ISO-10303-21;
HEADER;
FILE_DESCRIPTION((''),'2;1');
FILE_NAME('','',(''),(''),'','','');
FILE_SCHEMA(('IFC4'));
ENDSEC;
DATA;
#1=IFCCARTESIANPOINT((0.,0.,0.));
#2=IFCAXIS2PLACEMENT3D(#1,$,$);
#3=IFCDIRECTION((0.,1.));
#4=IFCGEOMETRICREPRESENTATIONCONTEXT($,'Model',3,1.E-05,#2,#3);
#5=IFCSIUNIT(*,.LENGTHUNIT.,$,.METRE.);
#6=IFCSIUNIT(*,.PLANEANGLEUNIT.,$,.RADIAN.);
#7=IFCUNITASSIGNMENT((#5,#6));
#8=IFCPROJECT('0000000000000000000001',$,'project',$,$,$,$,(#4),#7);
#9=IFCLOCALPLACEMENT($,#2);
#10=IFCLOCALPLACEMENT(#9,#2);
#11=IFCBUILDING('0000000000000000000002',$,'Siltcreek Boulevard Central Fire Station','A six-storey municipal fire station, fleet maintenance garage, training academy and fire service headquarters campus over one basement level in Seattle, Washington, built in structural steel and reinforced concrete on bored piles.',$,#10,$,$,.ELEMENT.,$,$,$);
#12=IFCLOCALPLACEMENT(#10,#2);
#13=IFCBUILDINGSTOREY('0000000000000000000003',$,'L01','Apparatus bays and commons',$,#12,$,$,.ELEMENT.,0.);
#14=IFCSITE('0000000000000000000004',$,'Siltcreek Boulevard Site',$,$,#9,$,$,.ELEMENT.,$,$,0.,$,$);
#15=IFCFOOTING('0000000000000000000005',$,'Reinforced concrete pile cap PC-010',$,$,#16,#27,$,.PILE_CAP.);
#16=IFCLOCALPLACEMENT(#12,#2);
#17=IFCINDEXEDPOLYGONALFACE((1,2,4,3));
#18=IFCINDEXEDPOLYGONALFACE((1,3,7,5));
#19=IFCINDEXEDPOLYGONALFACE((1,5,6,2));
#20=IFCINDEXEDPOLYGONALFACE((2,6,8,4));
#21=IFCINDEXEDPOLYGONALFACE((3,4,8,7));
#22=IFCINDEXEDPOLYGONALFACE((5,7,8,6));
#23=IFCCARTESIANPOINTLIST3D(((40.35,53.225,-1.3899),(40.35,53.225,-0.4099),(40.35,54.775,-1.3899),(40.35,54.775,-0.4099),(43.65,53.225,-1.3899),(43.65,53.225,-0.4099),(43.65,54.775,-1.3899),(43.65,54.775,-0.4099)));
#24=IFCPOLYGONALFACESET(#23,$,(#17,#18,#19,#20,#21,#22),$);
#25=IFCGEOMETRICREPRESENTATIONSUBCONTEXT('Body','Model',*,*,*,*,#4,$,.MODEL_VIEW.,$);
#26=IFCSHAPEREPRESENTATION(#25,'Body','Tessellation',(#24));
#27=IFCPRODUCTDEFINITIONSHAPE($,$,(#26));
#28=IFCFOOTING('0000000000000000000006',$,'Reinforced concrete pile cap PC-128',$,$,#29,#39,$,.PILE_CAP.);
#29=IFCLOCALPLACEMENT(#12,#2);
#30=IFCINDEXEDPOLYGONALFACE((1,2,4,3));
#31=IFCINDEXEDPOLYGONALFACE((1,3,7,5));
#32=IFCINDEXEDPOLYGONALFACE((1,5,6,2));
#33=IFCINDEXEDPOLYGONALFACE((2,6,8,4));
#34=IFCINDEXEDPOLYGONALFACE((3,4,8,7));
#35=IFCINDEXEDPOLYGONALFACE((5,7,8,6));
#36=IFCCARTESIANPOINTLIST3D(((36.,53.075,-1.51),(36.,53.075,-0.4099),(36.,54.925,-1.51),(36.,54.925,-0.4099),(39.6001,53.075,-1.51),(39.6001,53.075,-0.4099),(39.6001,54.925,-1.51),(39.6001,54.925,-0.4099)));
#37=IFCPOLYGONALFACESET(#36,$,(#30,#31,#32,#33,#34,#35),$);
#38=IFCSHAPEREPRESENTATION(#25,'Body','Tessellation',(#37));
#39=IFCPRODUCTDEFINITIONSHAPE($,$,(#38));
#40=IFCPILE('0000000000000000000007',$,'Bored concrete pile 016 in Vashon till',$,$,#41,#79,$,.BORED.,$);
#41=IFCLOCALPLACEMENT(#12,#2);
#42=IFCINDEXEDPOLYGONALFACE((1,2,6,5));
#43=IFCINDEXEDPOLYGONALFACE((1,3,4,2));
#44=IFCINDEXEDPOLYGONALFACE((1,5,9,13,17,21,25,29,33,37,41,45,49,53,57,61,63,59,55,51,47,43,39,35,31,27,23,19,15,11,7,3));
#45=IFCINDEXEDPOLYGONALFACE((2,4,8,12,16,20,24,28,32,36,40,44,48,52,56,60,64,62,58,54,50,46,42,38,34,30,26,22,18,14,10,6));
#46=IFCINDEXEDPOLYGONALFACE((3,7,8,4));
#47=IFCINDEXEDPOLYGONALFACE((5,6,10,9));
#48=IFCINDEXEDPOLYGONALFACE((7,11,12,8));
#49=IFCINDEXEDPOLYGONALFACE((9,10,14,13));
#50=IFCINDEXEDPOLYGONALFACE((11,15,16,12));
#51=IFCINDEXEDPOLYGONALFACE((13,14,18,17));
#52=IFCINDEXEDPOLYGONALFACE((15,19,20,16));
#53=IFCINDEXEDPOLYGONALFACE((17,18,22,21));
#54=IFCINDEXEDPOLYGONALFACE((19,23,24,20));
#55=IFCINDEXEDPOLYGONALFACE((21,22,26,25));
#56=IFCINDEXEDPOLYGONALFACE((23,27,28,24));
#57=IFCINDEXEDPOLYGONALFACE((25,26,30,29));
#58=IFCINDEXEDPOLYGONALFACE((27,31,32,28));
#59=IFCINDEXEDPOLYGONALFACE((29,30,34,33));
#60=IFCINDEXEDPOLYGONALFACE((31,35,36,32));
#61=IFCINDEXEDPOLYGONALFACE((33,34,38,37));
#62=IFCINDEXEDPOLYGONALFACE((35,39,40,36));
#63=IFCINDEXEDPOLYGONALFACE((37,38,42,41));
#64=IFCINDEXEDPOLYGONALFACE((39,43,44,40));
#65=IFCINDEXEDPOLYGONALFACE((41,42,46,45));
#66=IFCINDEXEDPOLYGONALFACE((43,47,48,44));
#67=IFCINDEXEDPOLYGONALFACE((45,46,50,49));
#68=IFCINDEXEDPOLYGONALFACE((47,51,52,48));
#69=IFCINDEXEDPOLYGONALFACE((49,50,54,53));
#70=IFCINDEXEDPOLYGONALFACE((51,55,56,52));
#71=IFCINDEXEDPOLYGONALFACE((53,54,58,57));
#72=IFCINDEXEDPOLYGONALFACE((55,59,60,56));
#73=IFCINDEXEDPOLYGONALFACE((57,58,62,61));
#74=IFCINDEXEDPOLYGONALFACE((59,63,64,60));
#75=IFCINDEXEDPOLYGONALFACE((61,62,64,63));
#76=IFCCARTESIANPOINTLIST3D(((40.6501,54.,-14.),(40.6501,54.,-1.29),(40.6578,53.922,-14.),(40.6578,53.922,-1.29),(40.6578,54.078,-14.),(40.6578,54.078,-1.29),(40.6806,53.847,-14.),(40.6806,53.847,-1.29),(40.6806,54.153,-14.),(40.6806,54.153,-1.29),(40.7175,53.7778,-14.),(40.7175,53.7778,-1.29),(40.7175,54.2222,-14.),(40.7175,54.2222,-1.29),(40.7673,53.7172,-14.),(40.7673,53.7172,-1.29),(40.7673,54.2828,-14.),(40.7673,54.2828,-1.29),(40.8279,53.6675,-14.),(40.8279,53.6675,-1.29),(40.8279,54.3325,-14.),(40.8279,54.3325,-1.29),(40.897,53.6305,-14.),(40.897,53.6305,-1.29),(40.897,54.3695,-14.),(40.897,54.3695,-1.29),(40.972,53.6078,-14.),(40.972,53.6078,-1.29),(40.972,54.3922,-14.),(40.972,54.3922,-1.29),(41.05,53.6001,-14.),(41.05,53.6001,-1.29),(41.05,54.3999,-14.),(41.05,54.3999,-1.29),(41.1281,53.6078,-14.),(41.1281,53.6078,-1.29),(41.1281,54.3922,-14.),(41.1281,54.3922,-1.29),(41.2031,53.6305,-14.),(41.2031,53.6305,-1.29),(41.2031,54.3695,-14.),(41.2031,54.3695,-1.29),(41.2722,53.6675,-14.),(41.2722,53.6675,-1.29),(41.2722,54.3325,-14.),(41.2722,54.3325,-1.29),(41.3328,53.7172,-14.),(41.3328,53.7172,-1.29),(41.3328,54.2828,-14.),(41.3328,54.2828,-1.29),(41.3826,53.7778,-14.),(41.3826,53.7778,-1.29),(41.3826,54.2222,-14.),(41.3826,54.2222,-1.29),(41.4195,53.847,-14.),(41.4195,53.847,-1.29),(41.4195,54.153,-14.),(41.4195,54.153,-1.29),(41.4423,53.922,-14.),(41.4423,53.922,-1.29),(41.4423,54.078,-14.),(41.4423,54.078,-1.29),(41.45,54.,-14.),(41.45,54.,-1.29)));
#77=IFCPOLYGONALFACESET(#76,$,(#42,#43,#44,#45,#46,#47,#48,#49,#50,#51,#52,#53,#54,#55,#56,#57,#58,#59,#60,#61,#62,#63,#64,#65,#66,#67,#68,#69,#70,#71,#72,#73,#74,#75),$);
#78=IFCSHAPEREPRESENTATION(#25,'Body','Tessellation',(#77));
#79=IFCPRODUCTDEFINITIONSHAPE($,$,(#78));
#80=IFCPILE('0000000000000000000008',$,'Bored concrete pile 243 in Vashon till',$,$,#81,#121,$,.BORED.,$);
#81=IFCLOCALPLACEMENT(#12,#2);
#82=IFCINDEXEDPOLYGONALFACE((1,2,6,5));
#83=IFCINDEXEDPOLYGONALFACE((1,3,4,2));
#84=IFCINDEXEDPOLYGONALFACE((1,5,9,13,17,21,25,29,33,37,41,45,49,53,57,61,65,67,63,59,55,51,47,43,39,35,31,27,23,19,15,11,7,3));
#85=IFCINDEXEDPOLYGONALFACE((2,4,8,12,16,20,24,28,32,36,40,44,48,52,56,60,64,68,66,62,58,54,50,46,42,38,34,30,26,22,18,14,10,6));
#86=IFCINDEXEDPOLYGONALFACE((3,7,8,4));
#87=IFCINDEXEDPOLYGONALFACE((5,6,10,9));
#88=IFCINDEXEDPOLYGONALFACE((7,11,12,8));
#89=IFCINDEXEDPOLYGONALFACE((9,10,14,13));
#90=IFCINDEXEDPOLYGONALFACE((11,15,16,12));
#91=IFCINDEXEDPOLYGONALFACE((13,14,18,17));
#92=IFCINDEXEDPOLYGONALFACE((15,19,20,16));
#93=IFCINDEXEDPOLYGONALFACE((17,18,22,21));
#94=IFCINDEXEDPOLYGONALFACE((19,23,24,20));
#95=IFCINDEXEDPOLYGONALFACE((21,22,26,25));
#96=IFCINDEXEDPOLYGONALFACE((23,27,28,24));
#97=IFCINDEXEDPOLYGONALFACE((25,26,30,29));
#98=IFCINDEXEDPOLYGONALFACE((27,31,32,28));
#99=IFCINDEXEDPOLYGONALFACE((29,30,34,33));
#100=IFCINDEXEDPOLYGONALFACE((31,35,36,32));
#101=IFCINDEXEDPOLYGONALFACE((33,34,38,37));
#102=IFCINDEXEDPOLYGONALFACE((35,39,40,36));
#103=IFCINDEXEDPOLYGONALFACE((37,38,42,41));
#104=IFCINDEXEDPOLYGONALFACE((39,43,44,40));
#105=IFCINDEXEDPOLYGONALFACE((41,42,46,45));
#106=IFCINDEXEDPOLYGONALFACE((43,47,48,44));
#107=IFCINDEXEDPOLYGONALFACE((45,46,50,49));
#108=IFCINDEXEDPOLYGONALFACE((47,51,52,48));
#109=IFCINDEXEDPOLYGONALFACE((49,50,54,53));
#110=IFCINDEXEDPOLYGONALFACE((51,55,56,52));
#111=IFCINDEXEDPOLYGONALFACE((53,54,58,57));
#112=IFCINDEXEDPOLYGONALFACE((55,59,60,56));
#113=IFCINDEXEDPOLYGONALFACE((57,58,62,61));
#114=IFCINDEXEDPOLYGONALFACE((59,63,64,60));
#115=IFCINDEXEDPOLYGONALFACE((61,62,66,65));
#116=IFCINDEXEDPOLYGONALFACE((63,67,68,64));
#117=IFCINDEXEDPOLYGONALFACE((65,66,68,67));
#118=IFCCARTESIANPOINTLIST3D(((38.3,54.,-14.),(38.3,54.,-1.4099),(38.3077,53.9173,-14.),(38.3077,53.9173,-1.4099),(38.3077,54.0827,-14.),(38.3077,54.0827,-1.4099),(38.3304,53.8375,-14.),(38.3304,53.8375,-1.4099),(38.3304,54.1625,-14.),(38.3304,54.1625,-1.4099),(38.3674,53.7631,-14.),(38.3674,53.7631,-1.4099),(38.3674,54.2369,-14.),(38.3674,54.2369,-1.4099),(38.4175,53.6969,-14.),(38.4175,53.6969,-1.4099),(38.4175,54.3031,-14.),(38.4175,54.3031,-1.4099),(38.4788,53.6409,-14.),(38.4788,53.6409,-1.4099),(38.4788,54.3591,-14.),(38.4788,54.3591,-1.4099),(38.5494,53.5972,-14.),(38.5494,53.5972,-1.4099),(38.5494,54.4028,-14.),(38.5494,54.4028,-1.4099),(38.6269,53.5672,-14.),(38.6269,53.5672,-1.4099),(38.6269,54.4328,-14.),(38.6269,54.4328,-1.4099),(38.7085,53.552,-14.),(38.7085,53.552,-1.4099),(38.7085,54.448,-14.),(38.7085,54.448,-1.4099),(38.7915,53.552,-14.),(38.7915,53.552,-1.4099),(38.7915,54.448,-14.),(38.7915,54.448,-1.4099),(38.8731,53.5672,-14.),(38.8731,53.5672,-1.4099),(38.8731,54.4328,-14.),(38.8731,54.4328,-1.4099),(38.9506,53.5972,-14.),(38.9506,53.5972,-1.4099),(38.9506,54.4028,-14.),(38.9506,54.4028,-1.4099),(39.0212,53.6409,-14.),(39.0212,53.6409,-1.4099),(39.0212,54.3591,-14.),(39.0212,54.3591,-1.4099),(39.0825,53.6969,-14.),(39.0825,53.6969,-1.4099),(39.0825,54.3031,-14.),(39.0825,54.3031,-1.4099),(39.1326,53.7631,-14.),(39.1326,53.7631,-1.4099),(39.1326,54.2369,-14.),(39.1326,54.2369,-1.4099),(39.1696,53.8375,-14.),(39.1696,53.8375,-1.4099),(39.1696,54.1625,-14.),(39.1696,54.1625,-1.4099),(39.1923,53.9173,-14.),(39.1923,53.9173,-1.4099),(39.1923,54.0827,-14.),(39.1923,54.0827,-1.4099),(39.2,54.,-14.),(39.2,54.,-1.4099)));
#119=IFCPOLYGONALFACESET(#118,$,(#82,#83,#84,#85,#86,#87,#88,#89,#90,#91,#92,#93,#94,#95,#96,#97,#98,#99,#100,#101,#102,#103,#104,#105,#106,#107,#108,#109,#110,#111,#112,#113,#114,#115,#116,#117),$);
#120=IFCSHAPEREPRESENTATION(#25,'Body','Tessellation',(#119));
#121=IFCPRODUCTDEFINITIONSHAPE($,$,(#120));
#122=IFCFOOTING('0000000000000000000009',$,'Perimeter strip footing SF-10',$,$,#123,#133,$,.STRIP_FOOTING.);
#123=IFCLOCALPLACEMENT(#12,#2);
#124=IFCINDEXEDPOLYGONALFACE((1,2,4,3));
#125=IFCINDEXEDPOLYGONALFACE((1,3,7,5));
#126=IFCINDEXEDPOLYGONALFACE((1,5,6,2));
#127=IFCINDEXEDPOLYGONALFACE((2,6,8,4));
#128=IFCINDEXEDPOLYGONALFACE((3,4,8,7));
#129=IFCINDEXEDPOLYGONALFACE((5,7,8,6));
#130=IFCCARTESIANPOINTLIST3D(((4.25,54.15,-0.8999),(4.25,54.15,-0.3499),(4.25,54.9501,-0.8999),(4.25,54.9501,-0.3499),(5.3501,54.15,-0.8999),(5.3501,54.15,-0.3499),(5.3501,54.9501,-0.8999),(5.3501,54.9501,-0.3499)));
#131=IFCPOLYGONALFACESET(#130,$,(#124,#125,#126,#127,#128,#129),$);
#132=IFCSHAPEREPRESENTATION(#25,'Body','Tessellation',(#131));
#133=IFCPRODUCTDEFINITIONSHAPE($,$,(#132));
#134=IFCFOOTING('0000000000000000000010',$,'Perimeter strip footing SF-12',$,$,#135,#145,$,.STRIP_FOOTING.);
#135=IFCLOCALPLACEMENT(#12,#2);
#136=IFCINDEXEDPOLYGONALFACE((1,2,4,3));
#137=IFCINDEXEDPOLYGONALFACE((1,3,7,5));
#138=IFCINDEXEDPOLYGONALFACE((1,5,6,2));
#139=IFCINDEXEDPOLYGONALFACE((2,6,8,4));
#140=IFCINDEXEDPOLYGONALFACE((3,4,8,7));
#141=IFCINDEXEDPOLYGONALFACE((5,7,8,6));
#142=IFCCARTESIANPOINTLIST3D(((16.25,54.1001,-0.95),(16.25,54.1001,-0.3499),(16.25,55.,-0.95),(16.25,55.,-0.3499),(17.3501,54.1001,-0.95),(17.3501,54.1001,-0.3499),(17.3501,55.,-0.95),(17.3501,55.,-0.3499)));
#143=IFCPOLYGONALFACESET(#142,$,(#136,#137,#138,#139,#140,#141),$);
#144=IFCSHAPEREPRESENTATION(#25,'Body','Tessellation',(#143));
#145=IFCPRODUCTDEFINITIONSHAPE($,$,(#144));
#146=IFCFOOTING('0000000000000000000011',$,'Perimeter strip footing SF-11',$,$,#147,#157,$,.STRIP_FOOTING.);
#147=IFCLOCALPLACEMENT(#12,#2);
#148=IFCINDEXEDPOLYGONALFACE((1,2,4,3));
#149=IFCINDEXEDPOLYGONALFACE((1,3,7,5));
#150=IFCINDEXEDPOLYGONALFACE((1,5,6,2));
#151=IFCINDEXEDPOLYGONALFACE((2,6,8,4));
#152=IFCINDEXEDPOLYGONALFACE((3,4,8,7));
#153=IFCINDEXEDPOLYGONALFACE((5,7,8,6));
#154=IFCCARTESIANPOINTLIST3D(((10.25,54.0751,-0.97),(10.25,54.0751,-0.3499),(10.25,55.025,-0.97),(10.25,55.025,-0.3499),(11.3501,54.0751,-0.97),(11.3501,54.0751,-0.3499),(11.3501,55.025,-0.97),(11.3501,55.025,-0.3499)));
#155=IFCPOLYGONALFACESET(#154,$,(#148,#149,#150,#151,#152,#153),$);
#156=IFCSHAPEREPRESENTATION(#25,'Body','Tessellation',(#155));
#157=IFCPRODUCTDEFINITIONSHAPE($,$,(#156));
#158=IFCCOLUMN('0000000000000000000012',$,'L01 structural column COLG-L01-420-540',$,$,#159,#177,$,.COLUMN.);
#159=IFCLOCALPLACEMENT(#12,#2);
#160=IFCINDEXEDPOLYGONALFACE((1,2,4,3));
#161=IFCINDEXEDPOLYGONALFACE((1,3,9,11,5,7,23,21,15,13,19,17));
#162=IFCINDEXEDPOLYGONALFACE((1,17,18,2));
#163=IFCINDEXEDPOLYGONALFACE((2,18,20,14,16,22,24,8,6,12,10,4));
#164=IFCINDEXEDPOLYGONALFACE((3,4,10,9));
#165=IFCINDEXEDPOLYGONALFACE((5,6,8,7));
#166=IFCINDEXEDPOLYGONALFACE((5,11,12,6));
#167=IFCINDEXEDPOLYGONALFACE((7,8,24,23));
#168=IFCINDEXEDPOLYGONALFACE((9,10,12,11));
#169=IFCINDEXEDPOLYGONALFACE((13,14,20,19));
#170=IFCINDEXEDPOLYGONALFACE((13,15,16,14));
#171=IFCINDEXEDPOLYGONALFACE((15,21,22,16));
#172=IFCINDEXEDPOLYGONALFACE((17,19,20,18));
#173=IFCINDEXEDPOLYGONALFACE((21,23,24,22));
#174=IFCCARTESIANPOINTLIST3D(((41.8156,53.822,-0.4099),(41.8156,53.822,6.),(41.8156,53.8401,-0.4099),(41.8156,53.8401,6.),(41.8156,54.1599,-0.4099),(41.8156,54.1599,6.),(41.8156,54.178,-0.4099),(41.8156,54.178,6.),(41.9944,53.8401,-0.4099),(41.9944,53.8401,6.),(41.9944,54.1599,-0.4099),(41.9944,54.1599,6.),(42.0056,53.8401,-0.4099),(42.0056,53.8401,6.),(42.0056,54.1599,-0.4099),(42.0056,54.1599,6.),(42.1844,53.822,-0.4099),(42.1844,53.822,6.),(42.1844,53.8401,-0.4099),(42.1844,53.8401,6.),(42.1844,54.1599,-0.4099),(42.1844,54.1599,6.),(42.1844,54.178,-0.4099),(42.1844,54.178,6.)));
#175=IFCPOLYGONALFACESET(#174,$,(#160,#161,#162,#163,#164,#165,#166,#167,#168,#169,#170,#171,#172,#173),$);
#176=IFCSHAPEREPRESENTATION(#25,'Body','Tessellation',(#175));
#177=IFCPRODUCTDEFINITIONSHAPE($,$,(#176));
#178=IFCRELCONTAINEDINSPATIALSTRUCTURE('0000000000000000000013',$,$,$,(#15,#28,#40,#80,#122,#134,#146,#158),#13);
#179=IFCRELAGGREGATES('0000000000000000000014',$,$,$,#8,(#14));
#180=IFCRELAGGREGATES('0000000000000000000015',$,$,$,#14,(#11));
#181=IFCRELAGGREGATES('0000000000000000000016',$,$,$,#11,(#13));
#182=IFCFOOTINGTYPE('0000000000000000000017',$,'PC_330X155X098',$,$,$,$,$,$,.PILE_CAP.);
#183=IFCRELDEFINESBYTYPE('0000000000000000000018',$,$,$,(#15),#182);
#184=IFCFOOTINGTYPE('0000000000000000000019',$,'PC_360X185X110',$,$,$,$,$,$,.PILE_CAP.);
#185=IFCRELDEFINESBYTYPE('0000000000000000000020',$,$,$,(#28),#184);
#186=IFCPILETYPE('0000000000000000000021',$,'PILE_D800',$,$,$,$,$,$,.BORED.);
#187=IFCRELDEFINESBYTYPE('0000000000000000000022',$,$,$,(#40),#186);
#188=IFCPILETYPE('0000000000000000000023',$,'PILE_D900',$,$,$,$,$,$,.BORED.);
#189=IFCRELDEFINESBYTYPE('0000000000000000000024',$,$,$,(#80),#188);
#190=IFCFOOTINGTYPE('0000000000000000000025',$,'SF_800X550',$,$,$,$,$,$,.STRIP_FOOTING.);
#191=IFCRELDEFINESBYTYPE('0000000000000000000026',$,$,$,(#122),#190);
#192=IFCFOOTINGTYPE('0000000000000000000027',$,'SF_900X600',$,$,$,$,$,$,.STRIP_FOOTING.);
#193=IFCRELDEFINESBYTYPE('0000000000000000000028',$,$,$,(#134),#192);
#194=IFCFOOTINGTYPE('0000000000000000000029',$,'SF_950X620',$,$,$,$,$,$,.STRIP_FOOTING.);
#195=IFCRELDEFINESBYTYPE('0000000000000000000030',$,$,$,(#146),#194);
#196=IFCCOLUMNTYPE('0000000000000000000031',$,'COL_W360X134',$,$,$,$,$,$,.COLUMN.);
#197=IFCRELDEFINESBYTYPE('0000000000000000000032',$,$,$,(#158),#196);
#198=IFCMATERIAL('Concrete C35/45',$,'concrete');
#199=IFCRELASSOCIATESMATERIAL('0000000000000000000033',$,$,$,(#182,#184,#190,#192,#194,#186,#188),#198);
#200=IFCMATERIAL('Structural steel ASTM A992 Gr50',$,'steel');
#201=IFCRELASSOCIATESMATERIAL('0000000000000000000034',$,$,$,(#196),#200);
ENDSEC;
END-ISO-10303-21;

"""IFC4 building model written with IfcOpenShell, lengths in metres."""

from ifc_helpers import new_model, si_unit, direction, frame, origin, origin_2d, place, context, subcontext, project, spatial, rectangle, circle, i_section, extrude, material, material_profile, profile_set, type_object, element, save


model = new_model("IFC4")

# Units and contexts
model_context = context("Model", 3, precision=1e-05, world=origin(), true_north=direction((0.0, 1.0)))
body_context = subcontext(model_context, "Body", "Model", "MODEL_VIEW")
ifc_project = project(units=[si_unit("LENGTHUNIT", "METRE"), si_unit("PLANEANGLEUNIT", "RADIAN")], contexts=[model_context])

# Site, building, storey
site_placement = place(None, origin())
site = spatial("IfcSite", under=ifc_project, at=site_placement, Name="Siltcreek Boulevard Site", CompositionType="ELEMENT", RefElevation=0.0)
building_placement = place(site_placement, origin())
building = spatial("IfcBuilding", under=site, at=building_placement, Name="Siltcreek Boulevard Central Fire Station", Description="A six-storey municipal fire station, fleet maintenance garage, training academy and fire service headquarters campus over one basement level in Seattle, Washington, built in structural steel and reinforced concrete on bored piles.", CompositionType="ELEMENT")
storey_placement = place(building_placement, origin())
storey = spatial("IfcBuildingStorey", under=building, at=storey_placement, Name="L01", Description="Apparatus bays and commons", CompositionType="ELEMENT", Elevation=0.0)

# Footings
ifc_material_1 = material(Name="Concrete C35/45", Category="concrete")
footing_type_1 = type_object("IfcFootingType", Name="PC_330X155X098", PredefinedType="PILE_CAP", material=ifc_material_1)
footing_1_placement = place(storey_placement, frame((42.0, 54.0, -1.3899), z_axis=(0.0, 0.0, 1.0), x_axis=(1.0, 0.0, 0.0)))
element("IfcFooting", 1, at=footing_1_placement, inside=storey, type_object=footing_type_1, Name="Reinforced concrete pile cap PC-010", PredefinedType="PILE_CAP", context=body_context, shape_type="SweptSolid", body=[
    extrude(rectangle(XDim=3.3, YDim=1.55, at=origin_2d()), origin(), (0.0, 0.0, 1.0), 0.98),
])
footing_type_2 = type_object("IfcFootingType", Name="PC_360X185X110", PredefinedType="PILE_CAP", material=ifc_material_1)
footing_2_placement = place(storey_placement, frame((37.8, 54.0, -1.51), z_axis=(0.0, 0.0, 1.0), x_axis=(1.0, 0.0, 0.0)))
element("IfcFooting", 2, at=footing_2_placement, inside=storey, type_object=footing_type_2, Name="Reinforced concrete pile cap PC-128", PredefinedType="PILE_CAP", context=body_context, shape_type="SweptSolid", body=[
    extrude(rectangle(XDim=3.6001, YDim=1.8501, at=origin_2d()), origin(), (0.0, 0.0, 1.0), 1.1001),
])

# Piles
ifc_material_profile_1 = material_profile(ifc_material_1, circle(Radius=0.3999, at=origin_2d()), Name="SHAFT800")
ifc_profile_set_1 = profile_set([ifc_material_profile_1], Name="Concrete C35/45")
pile_type_1 = type_object("IfcPileType", Name="PILE_D800", PredefinedType="BORED", material=ifc_profile_set_1)
pile_1_placement = place(storey_placement, frame((41.05, 54.0, -1.29), z_axis=(0.0, 0.0, -1.0), x_axis=(1.0, 0.0, 0.0)))
element("IfcPile", 3, at=pile_1_placement, inside=storey, type_object=pile_type_1, Name="Bored concrete pile 016 in Vashon till", PredefinedType="BORED", context=body_context, shape_type="SweptSolid", body=[
    extrude(circle(Radius=0.3999, at=origin_2d()), origin(), (0.0, 0.0, 1.0), 12.71),
])
ifc_material_profile_2 = material_profile(ifc_material_1, circle(Radius=0.45, at=origin_2d()), Name="SHAFT900")
ifc_profile_set_2 = profile_set([ifc_material_profile_2], Name="Concrete C35/45")
pile_type_2 = type_object("IfcPileType", Name="PILE_D900", PredefinedType="BORED", material=ifc_profile_set_2)
pile_2_placement = place(storey_placement, frame((38.75, 54.0, -1.4099), z_axis=(0.0, 0.0, -1.0), x_axis=(1.0, 0.0, 0.0)))
element("IfcPile", 4, at=pile_2_placement, inside=storey, type_object=pile_type_2, Name="Bored concrete pile 243 in Vashon till", PredefinedType="BORED", context=body_context, shape_type="SweptSolid", body=[
    extrude(circle(Radius=0.45, at=origin_2d()), origin(), (0.0, 0.0, 1.0), 12.5901),
])

# Footings
footing_type_3 = type_object("IfcFootingType", Name="SF_800X550", PredefinedType="STRIP_FOOTING", material=ifc_material_1)
footing_3_placement = place(storey_placement, frame((4.8, 54.55, -0.8999), z_axis=(0.0, 0.0, 1.0), x_axis=(1.0, 0.0, 0.0)))
element("IfcFooting", 5, at=footing_3_placement, inside=storey, type_object=footing_type_3, Name="Perimeter strip footing SF-10", PredefinedType="STRIP_FOOTING", context=body_context, shape_type="SweptSolid", body=[
    extrude(rectangle(XDim=1.1001, YDim=0.8, at=origin_2d()), origin(), (0.0, 0.0, 1.0), 0.55),
])
footing_type_4 = type_object("IfcFootingType", Name="SF_900X600", PredefinedType="STRIP_FOOTING", material=ifc_material_1)
footing_4_placement = place(storey_placement, frame((16.8, 54.55, -0.95), z_axis=(0.0, 0.0, 1.0), x_axis=(1.0, 0.0, 0.0)))
element("IfcFooting", 6, at=footing_4_placement, inside=storey, type_object=footing_type_4, Name="Perimeter strip footing SF-12", PredefinedType="STRIP_FOOTING", context=body_context, shape_type="SweptSolid", body=[
    extrude(rectangle(XDim=1.1001, YDim=0.8999, at=origin_2d()), origin(), (0.0, 0.0, 1.0), 0.6001),
])
footing_type_5 = type_object("IfcFootingType", Name="SF_950X620", PredefinedType="STRIP_FOOTING", material=ifc_material_1)
footing_5_placement = place(storey_placement, frame((10.8, 54.55, -0.97), z_axis=(0.0, 0.0, 1.0), x_axis=(1.0, 0.0, 0.0)))
element("IfcFooting", 7, at=footing_5_placement, inside=storey, type_object=footing_type_5, Name="Perimeter strip footing SF-11", PredefinedType="STRIP_FOOTING", context=body_context, shape_type="SweptSolid", body=[
    extrude(rectangle(XDim=1.1001, YDim=0.95, at=origin_2d()), origin(), (0.0, 0.0, 1.0), 0.6201),
])

# Column
ifc_material_2 = material(Name="Structural steel ASTM A992 Gr50", Category="steel")
ifc_material_profile_3 = material_profile(ifc_material_2, i_section(OverallWidth=0.3689, OverallDepth=0.356, WebThickness=0.0112, FlangeThickness=0.0181, at=origin_2d()), Name="W360X134")
ifc_profile_set_3 = profile_set([ifc_material_profile_3], Name="Structural steel ASTM A992 Gr50")
column_type_1 = type_object("IfcColumnType", Name="COL_W360X134", PredefinedType="COLUMN", material=ifc_profile_set_3)
for number, where, z_axis, x_axis, name in (
    (8, (42.0, 54.0, -0.4099), (0.0, 0.0, 1.0), (1.0, 0.0, 0.0), "L01 structural column COLG-L01-420-540"),
):
    element("IfcColumn", number, at=place(storey_placement, frame(where, z_axis=z_axis, x_axis=x_axis)), inside=storey, type_object=column_type_1, Name=name, PredefinedType="COLUMN", context=body_context, shape_type="SweptSolid", body=[
        extrude(i_section(OverallWidth=0.3689, OverallDepth=0.356, WebThickness=0.0112, FlangeThickness=0.0181, at=origin_2d()), origin(), (0.0, 0.0, 1.0), 6.4099),
    ])

save(model, "model.ifc")
